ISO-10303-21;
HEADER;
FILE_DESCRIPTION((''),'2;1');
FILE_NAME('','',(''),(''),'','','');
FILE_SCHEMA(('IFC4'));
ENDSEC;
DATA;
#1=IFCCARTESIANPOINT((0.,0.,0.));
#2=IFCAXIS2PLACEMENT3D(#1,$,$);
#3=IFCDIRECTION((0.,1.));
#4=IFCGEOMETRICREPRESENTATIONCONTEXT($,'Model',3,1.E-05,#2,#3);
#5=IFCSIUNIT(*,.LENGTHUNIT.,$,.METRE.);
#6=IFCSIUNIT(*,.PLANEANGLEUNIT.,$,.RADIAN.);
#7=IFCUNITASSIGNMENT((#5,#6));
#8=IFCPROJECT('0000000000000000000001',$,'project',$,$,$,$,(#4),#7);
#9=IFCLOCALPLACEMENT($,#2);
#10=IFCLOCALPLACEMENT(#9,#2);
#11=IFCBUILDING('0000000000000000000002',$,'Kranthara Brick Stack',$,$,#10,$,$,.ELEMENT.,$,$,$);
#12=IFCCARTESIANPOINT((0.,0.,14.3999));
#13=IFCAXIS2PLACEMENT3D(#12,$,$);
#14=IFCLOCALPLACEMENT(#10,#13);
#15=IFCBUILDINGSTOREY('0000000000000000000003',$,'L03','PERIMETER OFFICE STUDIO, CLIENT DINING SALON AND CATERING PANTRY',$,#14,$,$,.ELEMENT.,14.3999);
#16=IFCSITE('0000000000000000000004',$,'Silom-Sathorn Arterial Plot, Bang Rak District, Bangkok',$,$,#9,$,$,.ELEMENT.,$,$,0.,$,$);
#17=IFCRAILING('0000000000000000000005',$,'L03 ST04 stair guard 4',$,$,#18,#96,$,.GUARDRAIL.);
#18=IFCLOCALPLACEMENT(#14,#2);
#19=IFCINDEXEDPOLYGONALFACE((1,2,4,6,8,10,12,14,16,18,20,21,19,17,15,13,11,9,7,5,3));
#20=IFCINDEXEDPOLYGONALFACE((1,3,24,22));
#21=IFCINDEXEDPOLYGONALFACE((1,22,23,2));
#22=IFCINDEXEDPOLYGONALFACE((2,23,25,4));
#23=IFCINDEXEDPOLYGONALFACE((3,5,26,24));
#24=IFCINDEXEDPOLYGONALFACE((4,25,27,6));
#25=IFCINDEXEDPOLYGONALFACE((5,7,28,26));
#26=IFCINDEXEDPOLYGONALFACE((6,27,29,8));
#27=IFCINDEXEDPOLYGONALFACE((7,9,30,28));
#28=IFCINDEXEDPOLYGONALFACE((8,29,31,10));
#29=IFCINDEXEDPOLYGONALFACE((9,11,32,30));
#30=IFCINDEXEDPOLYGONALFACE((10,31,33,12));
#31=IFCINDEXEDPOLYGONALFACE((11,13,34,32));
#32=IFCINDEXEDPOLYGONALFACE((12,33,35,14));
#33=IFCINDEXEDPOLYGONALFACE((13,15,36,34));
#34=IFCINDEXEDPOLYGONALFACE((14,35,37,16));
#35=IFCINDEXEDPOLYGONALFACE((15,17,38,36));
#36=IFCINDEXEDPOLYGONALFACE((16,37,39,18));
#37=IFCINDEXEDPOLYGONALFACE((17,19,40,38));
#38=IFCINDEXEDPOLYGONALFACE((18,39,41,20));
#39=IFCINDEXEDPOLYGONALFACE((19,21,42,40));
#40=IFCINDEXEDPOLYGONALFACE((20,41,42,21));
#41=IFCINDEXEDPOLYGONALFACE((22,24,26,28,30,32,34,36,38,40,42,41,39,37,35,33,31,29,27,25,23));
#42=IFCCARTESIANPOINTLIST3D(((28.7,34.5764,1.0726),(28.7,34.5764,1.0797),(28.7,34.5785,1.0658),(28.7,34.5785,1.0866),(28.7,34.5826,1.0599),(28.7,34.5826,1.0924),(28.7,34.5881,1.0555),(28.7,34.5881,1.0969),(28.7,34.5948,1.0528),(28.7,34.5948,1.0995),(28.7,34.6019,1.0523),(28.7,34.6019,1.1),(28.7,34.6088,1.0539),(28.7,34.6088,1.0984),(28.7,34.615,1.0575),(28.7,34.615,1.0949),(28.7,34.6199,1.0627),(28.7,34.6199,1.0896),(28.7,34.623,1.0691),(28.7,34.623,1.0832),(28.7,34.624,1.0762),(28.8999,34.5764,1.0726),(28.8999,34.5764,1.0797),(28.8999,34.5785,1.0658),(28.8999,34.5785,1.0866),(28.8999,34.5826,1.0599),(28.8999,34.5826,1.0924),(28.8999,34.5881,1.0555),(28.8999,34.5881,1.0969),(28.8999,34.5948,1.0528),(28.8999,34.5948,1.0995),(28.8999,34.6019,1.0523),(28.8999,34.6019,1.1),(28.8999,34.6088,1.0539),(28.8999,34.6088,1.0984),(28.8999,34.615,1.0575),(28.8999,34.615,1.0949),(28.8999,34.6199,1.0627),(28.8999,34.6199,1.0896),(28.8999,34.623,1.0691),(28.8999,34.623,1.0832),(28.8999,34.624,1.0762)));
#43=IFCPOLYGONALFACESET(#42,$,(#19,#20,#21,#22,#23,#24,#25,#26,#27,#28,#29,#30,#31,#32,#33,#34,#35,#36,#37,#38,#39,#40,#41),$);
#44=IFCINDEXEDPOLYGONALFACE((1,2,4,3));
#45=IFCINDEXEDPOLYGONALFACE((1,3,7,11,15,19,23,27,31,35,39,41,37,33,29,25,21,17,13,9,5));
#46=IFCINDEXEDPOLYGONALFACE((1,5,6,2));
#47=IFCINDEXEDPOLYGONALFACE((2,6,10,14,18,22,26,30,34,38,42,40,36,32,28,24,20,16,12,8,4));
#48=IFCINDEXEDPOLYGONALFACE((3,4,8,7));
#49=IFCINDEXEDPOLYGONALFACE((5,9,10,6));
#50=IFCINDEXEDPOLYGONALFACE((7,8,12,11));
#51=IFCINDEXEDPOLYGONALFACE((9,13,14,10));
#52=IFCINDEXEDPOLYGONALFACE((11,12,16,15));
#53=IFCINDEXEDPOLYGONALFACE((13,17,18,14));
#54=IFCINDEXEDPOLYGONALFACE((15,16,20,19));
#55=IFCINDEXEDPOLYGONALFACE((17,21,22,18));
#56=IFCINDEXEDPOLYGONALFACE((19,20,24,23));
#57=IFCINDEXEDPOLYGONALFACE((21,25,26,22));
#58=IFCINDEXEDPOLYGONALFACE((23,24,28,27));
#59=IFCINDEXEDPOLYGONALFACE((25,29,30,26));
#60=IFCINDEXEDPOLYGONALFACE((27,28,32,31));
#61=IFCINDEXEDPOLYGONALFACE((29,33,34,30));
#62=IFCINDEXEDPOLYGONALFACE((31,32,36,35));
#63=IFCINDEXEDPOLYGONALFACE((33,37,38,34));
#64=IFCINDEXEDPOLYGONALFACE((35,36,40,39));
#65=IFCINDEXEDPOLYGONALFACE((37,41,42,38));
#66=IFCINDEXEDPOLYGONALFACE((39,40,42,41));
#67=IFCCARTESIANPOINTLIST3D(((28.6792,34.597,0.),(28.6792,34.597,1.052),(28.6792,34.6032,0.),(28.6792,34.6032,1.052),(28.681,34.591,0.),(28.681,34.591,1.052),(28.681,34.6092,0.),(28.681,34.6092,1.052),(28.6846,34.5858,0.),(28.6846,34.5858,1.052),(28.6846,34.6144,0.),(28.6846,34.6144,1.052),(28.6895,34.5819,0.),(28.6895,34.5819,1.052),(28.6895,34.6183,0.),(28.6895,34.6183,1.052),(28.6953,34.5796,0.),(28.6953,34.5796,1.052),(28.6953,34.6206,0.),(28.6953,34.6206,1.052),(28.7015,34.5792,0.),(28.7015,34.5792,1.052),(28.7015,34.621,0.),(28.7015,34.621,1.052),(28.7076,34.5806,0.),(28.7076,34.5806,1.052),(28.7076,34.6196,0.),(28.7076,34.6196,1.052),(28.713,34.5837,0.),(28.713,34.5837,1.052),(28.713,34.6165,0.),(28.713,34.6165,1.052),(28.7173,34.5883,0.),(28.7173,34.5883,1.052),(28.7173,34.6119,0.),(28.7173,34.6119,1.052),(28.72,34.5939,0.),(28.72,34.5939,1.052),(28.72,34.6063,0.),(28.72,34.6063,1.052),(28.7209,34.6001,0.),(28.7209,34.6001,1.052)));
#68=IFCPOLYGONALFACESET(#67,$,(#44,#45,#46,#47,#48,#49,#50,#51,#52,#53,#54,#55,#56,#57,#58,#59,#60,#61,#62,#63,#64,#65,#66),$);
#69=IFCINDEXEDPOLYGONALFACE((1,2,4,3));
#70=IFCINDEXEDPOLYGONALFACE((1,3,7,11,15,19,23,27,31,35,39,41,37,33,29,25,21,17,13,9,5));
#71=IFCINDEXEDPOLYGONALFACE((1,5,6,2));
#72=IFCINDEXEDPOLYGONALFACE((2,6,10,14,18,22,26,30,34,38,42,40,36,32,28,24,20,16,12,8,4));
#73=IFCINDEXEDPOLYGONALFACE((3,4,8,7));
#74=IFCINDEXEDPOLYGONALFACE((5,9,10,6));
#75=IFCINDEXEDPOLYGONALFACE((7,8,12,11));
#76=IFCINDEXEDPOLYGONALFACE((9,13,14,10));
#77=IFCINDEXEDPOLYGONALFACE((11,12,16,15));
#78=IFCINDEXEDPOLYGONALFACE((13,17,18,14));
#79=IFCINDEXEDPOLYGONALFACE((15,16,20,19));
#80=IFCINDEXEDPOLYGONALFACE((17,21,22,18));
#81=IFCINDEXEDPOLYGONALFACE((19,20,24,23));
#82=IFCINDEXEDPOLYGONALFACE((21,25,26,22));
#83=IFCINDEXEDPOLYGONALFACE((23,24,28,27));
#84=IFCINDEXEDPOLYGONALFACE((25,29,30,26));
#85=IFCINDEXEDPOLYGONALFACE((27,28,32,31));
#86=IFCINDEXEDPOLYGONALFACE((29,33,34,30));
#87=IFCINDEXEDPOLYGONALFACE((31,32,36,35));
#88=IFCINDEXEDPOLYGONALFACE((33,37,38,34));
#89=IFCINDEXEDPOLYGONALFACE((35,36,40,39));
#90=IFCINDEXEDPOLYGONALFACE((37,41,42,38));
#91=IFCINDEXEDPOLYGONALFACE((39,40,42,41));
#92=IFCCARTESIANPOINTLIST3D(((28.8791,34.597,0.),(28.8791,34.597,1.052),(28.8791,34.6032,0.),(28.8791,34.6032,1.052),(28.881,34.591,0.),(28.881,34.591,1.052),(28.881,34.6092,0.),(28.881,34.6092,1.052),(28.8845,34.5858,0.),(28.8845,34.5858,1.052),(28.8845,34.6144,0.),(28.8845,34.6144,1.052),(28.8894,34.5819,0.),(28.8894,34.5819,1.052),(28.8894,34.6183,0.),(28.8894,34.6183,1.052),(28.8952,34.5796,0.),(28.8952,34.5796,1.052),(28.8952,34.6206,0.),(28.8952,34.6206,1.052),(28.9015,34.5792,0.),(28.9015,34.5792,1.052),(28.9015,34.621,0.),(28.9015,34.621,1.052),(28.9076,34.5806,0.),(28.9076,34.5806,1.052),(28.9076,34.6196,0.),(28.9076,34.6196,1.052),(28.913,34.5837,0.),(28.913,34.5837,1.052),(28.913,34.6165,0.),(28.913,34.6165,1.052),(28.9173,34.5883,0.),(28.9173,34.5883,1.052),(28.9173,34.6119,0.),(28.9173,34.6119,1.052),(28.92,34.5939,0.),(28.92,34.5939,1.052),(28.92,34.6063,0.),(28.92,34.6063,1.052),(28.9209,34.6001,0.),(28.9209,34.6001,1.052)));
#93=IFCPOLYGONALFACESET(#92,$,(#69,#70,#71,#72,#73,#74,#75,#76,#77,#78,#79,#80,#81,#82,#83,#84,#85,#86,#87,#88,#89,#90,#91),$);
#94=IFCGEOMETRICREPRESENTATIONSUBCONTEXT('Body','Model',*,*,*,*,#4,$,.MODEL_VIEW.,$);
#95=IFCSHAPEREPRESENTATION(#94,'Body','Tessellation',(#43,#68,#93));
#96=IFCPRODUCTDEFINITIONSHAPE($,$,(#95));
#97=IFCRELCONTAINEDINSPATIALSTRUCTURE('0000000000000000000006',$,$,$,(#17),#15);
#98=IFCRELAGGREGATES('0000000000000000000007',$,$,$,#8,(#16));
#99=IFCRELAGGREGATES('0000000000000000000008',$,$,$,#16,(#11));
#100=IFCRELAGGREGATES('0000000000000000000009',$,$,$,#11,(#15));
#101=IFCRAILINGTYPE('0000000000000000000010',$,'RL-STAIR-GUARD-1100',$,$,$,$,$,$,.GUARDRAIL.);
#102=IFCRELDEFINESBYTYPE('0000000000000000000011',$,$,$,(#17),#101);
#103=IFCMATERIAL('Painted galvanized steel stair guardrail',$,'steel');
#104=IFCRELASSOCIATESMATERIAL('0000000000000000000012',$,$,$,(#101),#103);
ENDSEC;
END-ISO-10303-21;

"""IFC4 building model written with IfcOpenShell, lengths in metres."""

from ifc_helpers import new_model, si_unit, direction, frame, origin, origin_2d, place, context, subcontext, project, spatial, circle, extrude, material, type_object, element, save


model = new_model("IFC4")

# Units and contexts
model_context = context("Model", 3, precision=1e-05, world=origin(), true_north=direction((0.0, 1.0)))
body_context = subcontext(model_context, "Body", "Model", "MODEL_VIEW")
ifc_project = project(units=[si_unit("LENGTHUNIT", "METRE"), si_unit("PLANEANGLEUNIT", "RADIAN")], contexts=[model_context])

# Site, building, storey
site_placement = place(None, origin())
site = spatial("IfcSite", under=ifc_project, at=site_placement, Name="Silom-Sathorn Arterial Plot, Bang Rak District, Bangkok", CompositionType="ELEMENT", RefElevation=0.0)
building_placement = place(site_placement, origin())
building = spatial("IfcBuilding", under=site, at=building_placement, Name="Kranthara Brick Stack", CompositionType="ELEMENT")
storey_placement = place(building_placement, frame((0.0, 0.0, 14.3999)))
storey = spatial("IfcBuildingStorey", under=building, at=storey_placement, Name="L03", Description="PERIMETER OFFICE STUDIO, CLIENT DINING SALON AND CATERING PANTRY", CompositionType="ELEMENT", Elevation=14.3999)

# Railing
ifc_material_1 = material(Name="Painted galvanized steel stair guardrail", Category="steel")
railing_type_1 = type_object("IfcRailingType", Name="RL-STAIR-GUARD-1100", PredefinedType="GUARDRAIL", material=ifc_material_1)
railing_1_placement = place(storey_placement, frame((28.7, 34.6001, 0.0)))
element("IfcRailing", 1, at=railing_1_placement, inside=storey, type_object=railing_type_1, Name="L03 ST04 stair guard 4", PredefinedType="GUARDRAIL", context=body_context, shape_type="SweptSolid", body=[
    extrude(circle(Radius=0.0239, at=origin_2d()), frame((0.0, 0.0, 1.0762), z_axis=(1.0, 0.0, 0.0), x_axis=(0.0, 1.0, 0.0)), (0.0, 0.0, 1.0), 0.2),
    extrude(circle(Radius=0.021, at=origin_2d()), origin(), (0.0, 0.0, 1.0), 1.052),
    extrude(circle(Radius=0.021, at=origin_2d()), frame((0.2, 0.0, 0.0)), (0.0, 0.0, 1.0), 1.052),
])

save(model, "model.ifc")
